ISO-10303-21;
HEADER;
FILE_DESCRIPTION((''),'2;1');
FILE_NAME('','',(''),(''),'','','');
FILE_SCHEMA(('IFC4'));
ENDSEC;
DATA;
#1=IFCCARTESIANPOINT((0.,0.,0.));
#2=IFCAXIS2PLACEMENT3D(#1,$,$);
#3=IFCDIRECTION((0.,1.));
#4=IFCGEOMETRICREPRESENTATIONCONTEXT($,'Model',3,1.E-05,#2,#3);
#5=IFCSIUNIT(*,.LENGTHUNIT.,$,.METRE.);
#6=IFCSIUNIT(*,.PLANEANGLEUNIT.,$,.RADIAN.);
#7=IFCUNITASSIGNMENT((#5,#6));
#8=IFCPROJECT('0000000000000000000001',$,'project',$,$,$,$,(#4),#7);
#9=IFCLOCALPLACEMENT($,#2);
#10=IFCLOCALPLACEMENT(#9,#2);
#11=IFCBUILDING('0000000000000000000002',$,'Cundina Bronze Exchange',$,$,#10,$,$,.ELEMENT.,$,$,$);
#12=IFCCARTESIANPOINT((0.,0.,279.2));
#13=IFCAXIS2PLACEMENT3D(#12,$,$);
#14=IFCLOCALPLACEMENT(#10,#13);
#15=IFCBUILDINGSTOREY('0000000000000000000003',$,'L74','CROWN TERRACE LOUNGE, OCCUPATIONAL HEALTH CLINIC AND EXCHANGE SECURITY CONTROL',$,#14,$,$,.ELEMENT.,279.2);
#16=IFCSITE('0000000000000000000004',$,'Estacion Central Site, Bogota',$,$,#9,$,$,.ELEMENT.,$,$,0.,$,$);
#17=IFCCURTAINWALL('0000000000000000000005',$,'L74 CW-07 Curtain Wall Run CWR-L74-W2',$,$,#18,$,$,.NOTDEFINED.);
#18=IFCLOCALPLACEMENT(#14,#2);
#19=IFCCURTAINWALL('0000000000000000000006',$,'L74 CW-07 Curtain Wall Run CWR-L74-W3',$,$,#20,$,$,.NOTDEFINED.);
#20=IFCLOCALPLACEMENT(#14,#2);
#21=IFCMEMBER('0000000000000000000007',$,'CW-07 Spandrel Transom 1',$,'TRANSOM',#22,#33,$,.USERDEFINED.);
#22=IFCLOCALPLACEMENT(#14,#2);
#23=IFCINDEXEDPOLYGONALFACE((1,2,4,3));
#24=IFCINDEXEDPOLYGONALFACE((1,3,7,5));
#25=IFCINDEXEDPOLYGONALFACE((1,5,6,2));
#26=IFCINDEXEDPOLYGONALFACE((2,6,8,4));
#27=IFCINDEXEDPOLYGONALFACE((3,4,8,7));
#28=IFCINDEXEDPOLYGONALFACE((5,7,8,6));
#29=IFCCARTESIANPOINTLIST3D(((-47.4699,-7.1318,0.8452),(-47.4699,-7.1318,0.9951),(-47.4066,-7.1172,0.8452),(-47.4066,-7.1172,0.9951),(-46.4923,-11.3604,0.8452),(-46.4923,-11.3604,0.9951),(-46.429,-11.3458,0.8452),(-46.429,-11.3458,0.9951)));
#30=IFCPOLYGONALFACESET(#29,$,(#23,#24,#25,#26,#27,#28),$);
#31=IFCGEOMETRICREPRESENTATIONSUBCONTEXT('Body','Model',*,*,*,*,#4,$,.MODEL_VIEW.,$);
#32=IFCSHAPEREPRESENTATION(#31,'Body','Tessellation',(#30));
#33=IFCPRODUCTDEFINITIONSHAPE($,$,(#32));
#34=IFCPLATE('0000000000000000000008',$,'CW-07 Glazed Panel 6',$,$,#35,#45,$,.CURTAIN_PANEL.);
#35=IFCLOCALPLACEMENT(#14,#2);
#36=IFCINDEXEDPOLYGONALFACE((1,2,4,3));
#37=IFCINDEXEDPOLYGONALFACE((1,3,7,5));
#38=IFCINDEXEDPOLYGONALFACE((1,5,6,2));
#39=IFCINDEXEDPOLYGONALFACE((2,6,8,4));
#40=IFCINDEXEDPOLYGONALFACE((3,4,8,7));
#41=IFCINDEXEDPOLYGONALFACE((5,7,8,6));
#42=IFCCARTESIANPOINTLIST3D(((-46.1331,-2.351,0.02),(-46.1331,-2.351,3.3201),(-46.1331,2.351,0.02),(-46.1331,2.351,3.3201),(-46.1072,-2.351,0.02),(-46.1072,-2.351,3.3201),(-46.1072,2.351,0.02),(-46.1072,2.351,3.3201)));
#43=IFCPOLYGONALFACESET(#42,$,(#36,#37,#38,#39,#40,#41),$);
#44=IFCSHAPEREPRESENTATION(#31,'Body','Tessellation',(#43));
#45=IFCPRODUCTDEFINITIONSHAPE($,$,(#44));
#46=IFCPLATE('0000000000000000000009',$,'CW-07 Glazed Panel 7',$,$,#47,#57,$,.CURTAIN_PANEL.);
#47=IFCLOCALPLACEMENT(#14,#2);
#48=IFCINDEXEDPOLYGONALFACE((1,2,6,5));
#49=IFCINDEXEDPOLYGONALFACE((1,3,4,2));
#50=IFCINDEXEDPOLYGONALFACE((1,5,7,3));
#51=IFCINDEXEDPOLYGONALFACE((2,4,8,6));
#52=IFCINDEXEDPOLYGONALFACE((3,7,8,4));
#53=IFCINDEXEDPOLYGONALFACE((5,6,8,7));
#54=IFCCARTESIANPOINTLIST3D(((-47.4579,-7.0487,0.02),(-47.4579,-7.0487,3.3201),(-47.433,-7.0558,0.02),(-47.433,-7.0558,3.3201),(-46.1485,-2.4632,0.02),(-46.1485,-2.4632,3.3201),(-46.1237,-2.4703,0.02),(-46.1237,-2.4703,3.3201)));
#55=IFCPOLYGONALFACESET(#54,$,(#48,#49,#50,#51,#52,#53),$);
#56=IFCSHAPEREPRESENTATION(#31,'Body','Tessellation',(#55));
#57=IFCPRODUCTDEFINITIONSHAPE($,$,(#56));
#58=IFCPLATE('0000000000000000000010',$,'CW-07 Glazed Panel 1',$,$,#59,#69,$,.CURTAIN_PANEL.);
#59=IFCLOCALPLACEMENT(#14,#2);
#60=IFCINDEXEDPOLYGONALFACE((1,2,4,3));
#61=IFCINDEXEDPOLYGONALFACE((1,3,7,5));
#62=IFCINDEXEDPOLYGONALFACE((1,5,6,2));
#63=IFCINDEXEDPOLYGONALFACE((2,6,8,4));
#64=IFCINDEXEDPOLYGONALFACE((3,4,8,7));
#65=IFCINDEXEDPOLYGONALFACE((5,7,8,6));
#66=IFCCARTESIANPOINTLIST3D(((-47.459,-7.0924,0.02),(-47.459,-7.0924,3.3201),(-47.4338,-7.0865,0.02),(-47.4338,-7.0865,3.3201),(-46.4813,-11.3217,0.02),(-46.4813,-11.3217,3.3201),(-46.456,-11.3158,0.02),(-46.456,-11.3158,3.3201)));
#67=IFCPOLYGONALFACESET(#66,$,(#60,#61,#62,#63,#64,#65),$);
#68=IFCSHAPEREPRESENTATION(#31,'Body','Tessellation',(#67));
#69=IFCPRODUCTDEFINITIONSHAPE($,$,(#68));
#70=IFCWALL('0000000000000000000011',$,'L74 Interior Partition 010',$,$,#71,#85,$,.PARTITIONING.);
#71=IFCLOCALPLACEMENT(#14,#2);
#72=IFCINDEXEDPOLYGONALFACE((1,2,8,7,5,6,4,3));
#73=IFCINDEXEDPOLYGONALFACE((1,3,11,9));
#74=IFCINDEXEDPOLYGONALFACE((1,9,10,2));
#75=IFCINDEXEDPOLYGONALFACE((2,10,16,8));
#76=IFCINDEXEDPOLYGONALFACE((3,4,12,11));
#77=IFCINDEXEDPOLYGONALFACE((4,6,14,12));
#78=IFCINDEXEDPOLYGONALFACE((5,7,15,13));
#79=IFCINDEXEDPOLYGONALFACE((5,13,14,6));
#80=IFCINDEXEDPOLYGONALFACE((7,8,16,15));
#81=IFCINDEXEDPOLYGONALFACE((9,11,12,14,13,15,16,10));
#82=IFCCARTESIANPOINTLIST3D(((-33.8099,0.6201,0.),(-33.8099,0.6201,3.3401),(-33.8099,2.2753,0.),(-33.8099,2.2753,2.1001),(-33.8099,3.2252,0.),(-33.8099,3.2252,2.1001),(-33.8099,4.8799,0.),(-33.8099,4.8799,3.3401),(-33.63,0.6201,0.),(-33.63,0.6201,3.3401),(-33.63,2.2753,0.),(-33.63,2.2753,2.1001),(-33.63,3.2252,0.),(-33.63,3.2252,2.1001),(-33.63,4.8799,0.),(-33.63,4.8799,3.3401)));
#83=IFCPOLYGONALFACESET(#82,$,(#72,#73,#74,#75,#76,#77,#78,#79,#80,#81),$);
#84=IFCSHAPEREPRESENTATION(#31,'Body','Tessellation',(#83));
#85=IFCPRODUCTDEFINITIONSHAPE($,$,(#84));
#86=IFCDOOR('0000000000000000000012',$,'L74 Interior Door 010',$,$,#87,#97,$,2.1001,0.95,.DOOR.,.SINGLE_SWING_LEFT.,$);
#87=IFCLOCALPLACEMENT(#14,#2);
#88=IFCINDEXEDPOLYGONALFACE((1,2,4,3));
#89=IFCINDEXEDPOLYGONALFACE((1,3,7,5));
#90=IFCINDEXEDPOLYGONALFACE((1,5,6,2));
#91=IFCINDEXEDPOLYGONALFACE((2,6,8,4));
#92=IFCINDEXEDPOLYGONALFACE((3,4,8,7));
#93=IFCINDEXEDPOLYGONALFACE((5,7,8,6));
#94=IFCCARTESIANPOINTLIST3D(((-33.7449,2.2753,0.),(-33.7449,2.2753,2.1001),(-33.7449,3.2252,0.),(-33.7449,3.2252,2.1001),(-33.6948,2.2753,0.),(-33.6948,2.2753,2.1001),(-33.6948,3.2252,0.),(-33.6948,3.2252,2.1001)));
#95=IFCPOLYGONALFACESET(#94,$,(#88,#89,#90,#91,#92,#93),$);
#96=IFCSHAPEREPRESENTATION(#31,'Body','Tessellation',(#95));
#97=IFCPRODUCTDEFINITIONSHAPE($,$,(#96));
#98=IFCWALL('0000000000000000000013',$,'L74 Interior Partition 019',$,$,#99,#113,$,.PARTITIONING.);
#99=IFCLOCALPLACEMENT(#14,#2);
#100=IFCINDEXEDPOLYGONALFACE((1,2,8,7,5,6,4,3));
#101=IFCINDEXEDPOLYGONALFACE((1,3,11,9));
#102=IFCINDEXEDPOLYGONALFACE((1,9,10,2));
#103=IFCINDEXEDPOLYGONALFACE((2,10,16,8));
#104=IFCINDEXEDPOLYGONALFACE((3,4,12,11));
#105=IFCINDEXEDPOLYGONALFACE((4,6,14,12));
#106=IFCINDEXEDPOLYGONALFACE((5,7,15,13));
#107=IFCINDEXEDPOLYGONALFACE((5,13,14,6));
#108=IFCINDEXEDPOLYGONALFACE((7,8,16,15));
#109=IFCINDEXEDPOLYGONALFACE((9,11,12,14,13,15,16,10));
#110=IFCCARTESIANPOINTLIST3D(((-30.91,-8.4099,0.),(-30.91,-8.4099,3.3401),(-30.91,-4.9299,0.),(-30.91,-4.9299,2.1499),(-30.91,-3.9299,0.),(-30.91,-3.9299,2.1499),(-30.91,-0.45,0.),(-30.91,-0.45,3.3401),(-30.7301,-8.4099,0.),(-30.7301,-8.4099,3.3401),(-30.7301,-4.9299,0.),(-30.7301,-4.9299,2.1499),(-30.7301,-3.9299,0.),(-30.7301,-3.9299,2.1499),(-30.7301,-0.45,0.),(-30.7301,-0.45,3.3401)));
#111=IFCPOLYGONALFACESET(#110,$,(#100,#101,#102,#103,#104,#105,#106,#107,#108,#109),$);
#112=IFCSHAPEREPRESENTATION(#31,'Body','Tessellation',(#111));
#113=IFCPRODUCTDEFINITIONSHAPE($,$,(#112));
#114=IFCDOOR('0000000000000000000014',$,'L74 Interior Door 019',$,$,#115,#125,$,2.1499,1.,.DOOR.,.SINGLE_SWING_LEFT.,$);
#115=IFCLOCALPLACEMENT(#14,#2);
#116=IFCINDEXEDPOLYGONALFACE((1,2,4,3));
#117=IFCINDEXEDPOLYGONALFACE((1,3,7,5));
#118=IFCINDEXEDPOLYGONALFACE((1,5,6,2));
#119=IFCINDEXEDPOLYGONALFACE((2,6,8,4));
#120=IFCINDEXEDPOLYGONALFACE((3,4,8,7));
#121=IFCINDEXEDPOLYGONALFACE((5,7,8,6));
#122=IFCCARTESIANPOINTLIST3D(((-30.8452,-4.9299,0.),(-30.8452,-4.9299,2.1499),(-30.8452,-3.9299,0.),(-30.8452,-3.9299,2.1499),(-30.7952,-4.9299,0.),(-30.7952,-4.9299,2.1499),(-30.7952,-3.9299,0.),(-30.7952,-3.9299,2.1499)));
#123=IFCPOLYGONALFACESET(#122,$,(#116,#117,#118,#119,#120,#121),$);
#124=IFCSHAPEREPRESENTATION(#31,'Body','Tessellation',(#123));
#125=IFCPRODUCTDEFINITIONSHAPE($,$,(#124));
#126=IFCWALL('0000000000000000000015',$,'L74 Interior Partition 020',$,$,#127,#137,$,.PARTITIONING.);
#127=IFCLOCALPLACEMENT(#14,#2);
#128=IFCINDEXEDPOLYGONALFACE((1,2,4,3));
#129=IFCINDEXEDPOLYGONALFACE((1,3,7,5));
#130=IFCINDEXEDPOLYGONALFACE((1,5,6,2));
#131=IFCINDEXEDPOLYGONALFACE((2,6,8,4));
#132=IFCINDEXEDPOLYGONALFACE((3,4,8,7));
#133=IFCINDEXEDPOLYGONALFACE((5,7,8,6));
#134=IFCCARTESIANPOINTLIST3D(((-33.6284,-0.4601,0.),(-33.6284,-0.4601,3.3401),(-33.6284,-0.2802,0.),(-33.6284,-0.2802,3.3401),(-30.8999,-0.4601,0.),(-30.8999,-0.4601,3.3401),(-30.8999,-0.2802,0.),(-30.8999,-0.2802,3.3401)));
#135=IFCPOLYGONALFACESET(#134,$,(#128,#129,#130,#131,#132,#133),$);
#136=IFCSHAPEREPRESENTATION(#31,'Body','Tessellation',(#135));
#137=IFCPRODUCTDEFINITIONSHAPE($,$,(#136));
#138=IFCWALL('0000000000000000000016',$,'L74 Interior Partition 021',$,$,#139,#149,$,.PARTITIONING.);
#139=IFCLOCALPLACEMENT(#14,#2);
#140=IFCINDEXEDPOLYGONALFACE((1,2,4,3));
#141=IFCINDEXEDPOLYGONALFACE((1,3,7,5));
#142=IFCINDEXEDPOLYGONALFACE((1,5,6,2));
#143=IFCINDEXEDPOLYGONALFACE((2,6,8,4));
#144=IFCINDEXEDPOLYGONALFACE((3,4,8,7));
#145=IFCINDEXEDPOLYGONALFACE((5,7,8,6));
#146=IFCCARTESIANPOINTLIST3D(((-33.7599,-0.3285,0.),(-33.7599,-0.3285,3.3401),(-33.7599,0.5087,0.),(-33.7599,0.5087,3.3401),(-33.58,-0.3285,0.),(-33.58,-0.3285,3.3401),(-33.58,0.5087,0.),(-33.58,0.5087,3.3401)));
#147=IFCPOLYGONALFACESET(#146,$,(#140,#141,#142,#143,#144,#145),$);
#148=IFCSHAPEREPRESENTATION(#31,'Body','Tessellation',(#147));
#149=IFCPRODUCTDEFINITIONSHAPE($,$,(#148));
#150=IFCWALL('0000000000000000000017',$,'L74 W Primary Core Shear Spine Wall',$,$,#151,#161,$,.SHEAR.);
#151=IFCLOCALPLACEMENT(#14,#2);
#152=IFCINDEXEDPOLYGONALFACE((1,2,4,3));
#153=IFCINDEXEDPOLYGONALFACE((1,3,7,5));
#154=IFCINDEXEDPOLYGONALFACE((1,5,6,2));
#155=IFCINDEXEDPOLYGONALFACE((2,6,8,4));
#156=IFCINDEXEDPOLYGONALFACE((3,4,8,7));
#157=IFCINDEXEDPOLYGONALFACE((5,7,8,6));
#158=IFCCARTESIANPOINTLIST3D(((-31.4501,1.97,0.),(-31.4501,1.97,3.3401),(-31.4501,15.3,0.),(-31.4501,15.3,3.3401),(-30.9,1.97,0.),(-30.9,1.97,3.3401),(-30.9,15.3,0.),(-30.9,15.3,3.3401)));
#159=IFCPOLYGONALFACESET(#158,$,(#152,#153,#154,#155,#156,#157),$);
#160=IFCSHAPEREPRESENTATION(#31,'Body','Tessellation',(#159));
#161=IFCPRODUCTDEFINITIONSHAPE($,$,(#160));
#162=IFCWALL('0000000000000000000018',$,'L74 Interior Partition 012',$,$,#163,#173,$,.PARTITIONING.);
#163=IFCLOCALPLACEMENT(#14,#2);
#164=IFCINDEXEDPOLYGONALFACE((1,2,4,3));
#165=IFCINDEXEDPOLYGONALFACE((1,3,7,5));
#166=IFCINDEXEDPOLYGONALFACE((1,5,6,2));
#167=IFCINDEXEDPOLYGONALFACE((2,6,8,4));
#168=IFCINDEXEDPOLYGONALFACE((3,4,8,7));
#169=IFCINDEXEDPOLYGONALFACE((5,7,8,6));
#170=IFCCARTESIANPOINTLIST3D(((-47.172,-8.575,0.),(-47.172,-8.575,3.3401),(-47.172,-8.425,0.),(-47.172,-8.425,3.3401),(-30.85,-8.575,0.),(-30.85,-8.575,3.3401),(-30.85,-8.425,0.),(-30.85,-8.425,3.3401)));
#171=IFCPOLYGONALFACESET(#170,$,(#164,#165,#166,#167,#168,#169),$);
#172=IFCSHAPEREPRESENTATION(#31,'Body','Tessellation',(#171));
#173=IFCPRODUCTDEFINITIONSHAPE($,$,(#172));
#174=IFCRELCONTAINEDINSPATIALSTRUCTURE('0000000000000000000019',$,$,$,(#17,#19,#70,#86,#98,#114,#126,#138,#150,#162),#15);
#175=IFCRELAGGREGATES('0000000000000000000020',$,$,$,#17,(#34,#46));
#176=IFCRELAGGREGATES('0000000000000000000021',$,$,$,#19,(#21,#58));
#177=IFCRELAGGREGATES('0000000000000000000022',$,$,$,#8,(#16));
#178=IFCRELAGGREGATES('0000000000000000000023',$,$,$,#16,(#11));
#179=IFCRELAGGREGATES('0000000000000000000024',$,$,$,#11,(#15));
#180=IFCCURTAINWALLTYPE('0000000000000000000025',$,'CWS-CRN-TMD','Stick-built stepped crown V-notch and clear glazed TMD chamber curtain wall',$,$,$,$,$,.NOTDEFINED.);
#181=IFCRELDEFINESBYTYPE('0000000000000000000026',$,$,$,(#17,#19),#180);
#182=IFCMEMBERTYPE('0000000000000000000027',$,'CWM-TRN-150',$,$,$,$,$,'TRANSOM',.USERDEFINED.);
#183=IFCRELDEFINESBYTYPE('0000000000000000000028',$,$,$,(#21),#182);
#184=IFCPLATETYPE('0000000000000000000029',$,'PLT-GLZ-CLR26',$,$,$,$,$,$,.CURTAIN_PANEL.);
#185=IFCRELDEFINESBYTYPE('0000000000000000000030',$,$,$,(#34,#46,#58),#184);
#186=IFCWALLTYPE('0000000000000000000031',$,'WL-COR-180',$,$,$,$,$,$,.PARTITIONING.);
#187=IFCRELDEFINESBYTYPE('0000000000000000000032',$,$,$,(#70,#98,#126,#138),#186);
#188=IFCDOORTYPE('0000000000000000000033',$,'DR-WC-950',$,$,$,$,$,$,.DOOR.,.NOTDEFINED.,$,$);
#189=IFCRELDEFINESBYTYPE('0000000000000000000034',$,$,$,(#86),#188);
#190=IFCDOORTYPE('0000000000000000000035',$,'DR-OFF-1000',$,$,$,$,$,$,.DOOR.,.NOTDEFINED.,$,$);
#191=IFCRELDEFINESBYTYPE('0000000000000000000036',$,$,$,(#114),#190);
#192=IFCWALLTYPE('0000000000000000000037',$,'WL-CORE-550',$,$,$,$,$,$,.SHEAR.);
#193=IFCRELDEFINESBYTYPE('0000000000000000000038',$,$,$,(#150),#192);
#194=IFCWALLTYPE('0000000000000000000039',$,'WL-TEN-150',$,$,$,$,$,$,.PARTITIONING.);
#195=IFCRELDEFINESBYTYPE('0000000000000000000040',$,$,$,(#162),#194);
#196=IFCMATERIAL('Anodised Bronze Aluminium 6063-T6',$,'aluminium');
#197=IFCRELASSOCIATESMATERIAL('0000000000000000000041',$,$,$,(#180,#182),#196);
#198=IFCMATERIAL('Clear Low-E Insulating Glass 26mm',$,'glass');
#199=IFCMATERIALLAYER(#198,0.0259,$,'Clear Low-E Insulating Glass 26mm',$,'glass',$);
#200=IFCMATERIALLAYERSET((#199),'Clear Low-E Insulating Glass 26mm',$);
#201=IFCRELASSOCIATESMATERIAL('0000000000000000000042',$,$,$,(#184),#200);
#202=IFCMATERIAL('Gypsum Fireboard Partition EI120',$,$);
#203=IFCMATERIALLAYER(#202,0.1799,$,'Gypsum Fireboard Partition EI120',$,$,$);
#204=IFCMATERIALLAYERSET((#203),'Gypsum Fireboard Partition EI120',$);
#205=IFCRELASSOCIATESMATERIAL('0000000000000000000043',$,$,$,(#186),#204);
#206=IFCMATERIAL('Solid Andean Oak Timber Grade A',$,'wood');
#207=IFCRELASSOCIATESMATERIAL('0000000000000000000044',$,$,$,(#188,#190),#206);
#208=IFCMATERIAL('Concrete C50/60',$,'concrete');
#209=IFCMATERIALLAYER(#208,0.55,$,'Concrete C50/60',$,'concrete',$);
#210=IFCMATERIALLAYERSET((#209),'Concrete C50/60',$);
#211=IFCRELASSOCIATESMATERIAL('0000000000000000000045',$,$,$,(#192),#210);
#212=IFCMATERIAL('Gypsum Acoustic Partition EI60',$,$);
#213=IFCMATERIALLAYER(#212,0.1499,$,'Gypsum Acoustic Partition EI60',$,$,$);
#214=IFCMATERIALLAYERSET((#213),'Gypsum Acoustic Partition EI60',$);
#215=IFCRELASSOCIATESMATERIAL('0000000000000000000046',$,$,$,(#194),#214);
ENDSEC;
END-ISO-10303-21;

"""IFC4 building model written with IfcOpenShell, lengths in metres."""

from ifc_helpers import new_model, si_unit, direction, frame, frame_2d, origin, origin_2d, place, context, subcontext, project, spatial, rectangle, extrude, material, layer, layer_set, material_profile, profile_set, type_object, element, fill, aggregate, save


model = new_model("IFC4")

# Units and contexts
model_context = context("Model", 3, precision=1e-05, world=origin(), true_north=direction((0.0, 1.0)))
body_context = subcontext(model_context, "Body", "Model", "MODEL_VIEW")
ifc_project = project(units=[si_unit("LENGTHUNIT", "METRE"), si_unit("PLANEANGLEUNIT", "RADIAN")], contexts=[model_context])

# Site, building, storey
site_placement = place(None, origin())
site = spatial("IfcSite", under=ifc_project, at=site_placement, Name="Estacion Central Site, Bogota", CompositionType="ELEMENT", RefElevation=0.0)
building_placement = place(site_placement, origin())
building = spatial("IfcBuilding", under=site, at=building_placement, Name="Cundina Bronze Exchange", CompositionType="ELEMENT")
storey_placement = place(building_placement, frame((0.0, 0.0, 279.2)))
storey = spatial("IfcBuildingStorey", under=building, at=storey_placement, Name="L74", Description="CROWN TERRACE LOUNGE, OCCUPATIONAL HEALTH CLINIC AND EXCHANGE SECURITY CONTROL", CompositionType="ELEMENT", Elevation=279.2)

# Shared definitions
ifc_material_1 = material(Name="Concrete C50/60", Category="concrete")

# Curtain wall
ifc_material_2 = material(Name="Anodised Bronze Aluminium 6063-T6", Category="aluminium")
curtain_wall_type = type_object("IfcCurtainWallType", Name="CWS-CRN-TMD", Description="Stick-built stepped crown V-notch and clear glazed TMD chamber curtain wall", PredefinedType="NOTDEFINED", material=ifc_material_2)
curtain_wall_1_placement = place(storey_placement, origin())
curtain_wall_1 = element("IfcCurtainWall", 1, at=curtain_wall_1_placement, inside=storey, type_object=curtain_wall_type, Name="L74 CW-07 Curtain Wall Run CWR-L74-W2", PredefinedType="NOTDEFINED")

# Curtain wall
curtain_wall_2_placement = place(storey_placement, origin())
curtain_wall_2 = element("IfcCurtainWall", 2, at=curtain_wall_2_placement, inside=storey, type_object=curtain_wall_type, Name="L74 CW-07 Curtain Wall Run CWR-L74-W3", PredefinedType="NOTDEFINED")

# Member
ifc_material_profile_1 = material_profile(ifc_material_2, rectangle(XDim=0.0649, YDim=0.1499, at=origin_2d()), Name="AL65X150", Category="aluminium")
ifc_profile_set_1 = profile_set([ifc_material_profile_1], Name="Anodised Bronze Aluminium 6063-T6")
member_type_1 = type_object("IfcMemberType", Name="CWM-TRN-150", ElementType="TRANSOM", PredefinedType="USERDEFINED", material=ifc_profile_set_1)
member_1_placement = place(storey_placement, frame((-47.4382, -7.1245, 0.9202), z_axis=(0.225237, -0.974304, 0.0), x_axis=(0.974304, 0.225237, 0.0)))
member_1 = element("IfcMember", 3, at=member_1_placement, type_object=member_type_1, Name="CW-07 Spandrel Transom 1", ObjectType="TRANSOM", PredefinedType="USERDEFINED", context=body_context, shape_type="SweptSolid", body=[
    extrude(rectangle(XDim=0.0649, YDim=0.1499, at=origin_2d()), origin(), (0.0, 0.0, 1.0), 4.3401),
])

# Plates
ifc_material_3 = material(Name="Clear Low-E Insulating Glass 26mm", Category="glass")
ifc_layer_1 = layer(ifc_material_3, 0.0259, Name="Clear Low-E Insulating Glass 26mm", Category="glass")
ifc_layer_set_1 = layer_set([ifc_layer_1], Name="Clear Low-E Insulating Glass 26mm")
plate_type = type_object("IfcPlateType", Name="PLT-GLZ-CLR26", PredefinedType="CURTAIN_PANEL", material=ifc_layer_set_1)
plate_1_placement = place(storey_placement, frame((-46.1201, 0.0, 0.02), z_axis=(0.0, 0.0, 1.0), x_axis=(0.0, -1.0, 0.0)))
plate_1 = element("IfcPlate", 4, at=plate_1_placement, type_object=plate_type, Name="CW-07 Glazed Panel 6", PredefinedType="CURTAIN_PANEL", context=body_context, shape_type="SweptSolid", body=[
    extrude(rectangle(XDim=4.7019, YDim=0.0259, at=origin_2d()), origin(), (0.0, 0.0, 1.0), 3.3),
])
plate_2_placement = place(storey_placement, frame((-46.7908, -4.7595, 0.02), z_axis=(0.0, 0.0, 1.0), x_axis=(-0.274563, -0.961569, 0.0)))
plate_2 = element("IfcPlate", 5, at=plate_2_placement, type_object=plate_type, Name="CW-07 Glazed Panel 7", PredefinedType="CURTAIN_PANEL", context=body_context, shape_type="SweptSolid", body=[
    extrude(rectangle(XDim=4.7688, YDim=0.0259, at=origin_2d()), origin(), (0.0, 0.0, 1.0), 3.3),
])
aggregate(curtain_wall_1, [plate_1, plate_2])
plate_3_placement = place(storey_placement, frame((-46.9575, -9.2041, 0.02), z_axis=(0.0, 0.0, 1.0), x_axis=(0.22524, -0.974303, 0.0)))
plate_3 = element("IfcPlate", 6, at=plate_3_placement, type_object=plate_type, Name="CW-07 Glazed Panel 1", PredefinedType="CURTAIN_PANEL", context=body_context, shape_type="SweptSolid", body=[
    extrude(rectangle(XDim=4.3408, YDim=0.0259, at=origin_2d()), origin(), (0.0, 0.0, 1.0), 3.3),
])
aggregate(curtain_wall_2, [member_1, plate_3])

# Walls, openings, doors
ifc_material_4 = material(Name="Gypsum Fireboard Partition EI120")
ifc_layer_2 = layer(ifc_material_4, 0.1799, Name="Gypsum Fireboard Partition EI120")
ifc_layer_set_2 = layer_set([ifc_layer_2], Name="Gypsum Fireboard Partition EI120")
wall_type_1 = type_object("IfcWallType", Name="WL-COR-180", PredefinedType="PARTITIONING", material=ifc_layer_set_2)
wall_1_placement = place(storey_placement, frame((-33.72, 0.6201, 0.0), z_axis=(0.0, 0.0, 1.0), x_axis=(0.0, 1.0, 0.0)))
wall_1 = element("IfcWall", 7, at=wall_1_placement, inside=storey, type_object=wall_type_1, Name="L74 Interior Partition 010", PredefinedType="PARTITIONING", context=body_context, shape_type="SweptSolid", body=[
    extrude(rectangle(XDim=4.2598, YDim=0.1799, at=frame_2d((2.1299, 0.0))), origin(), (0.0, 0.0, 1.0), 3.3401),
])
opening_1_placement = place(wall_1_placement, frame((1.655, 0.0, 0.0)))
opening_1 = element("IfcOpeningElement", 8, at=opening_1_placement, cuts=wall_1, PredefinedType="OPENING", context=body_context, shape_type="SweptSolid", body=[
    extrude(rectangle(XDim=0.95, YDim=2.1001, at=frame_2d((0.4751, 1.05))), frame((0.0, 0.0999, 0.0), z_axis=(0.0, -1.0, 0.0), x_axis=(1.0, 0.0, 0.0)), (0.0, 0.0, 1.0), 0.2),
])
ifc_material_5 = material(Name="Solid Andean Oak Timber Grade A", Category="wood")
door_type_1 = type_object("IfcDoorType", Name="DR-WC-950", OperationType="NOTDEFINED", PredefinedType="DOOR", material=ifc_material_5)
door_1_placement = place(opening_1_placement, origin())
door_1 = element("IfcDoor", 9, at=door_1_placement, inside=storey, type_object=door_type_1, Name="L74 Interior Door 010", OperationType="SINGLE_SWING_LEFT", OverallHeight=2.1001, OverallWidth=0.95, PredefinedType="DOOR", context=body_context, shape_type="SweptSolid", body=[
    extrude(rectangle(XDim=0.95, YDim=2.1001, at=frame_2d((0.4751, 1.05))), frame((0.0, 0.0249, 0.0), z_axis=(0.0, -1.0, 0.0), x_axis=(1.0, 0.0, 0.0)), (0.0, 0.0, 1.0), 0.05),
])
fill(opening_1, door_1)
door_type_2 = type_object("IfcDoorType", Name="DR-OFF-1000", OperationType="NOTDEFINED", PredefinedType="DOOR", material=ifc_material_5)
wall_2_placement = place(storey_placement, frame((-30.8201, -0.45, 0.0), z_axis=(0.0, 0.0, 1.0), x_axis=(0.0, -1.0, 0.0)))
wall_2 = element("IfcWall", 10, at=wall_2_placement, inside=storey, type_object=wall_type_1, Name="L74 Interior Partition 019", PredefinedType="PARTITIONING", context=body_context, shape_type="SweptSolid", body=[
    extrude(rectangle(XDim=7.96, YDim=0.1799, at=frame_2d((3.98, 0.0))), origin(), (0.0, 0.0, 1.0), 3.3401),
])
opening_2_placement = place(wall_2_placement, frame((3.48, 0.0, 0.0)))
opening_2 = element("IfcOpeningElement", 11, at=opening_2_placement, cuts=wall_2, PredefinedType="OPENING", context=body_context, shape_type="SweptSolid", body=[
    extrude(rectangle(XDim=1.0, YDim=2.1499, at=frame_2d((0.5, 1.075))), frame((0.0, 0.0999, 0.0), z_axis=(0.0, -1.0, 0.0), x_axis=(1.0, 0.0, 0.0)), (0.0, 0.0, 1.0), 0.2),
])
door_2_placement = place(opening_2_placement, origin())
door_2 = element("IfcDoor", 12, at=door_2_placement, inside=storey, type_object=door_type_2, Name="L74 Interior Door 019", OperationType="SINGLE_SWING_LEFT", OverallHeight=2.1499, OverallWidth=1.0, PredefinedType="DOOR", context=body_context, shape_type="SweptSolid", body=[
    extrude(rectangle(XDim=1.0, YDim=2.1499, at=frame_2d((0.5, 1.075))), frame((0.0, 0.0249, 0.0), z_axis=(0.0, -1.0, 0.0), x_axis=(1.0, 0.0, 0.0)), (0.0, 0.0, 1.0), 0.05),
])
fill(opening_2, door_2)

# Walls
wall_3_placement = place(storey_placement, frame((-33.6284, -0.3701, 0.0), z_axis=(0.0, 0.0, 1.0), x_axis=(1.0, 0.0, 0.0)))
element("IfcWall", 13, at=wall_3_placement, inside=storey, type_object=wall_type_1, Name="L74 Interior Partition 020", PredefinedType="PARTITIONING", context=body_context, shape_type="SweptSolid", body=[
    extrude(rectangle(XDim=2.7285, YDim=0.1799, at=frame_2d((1.3643, 0.0))), origin(), (0.0, 0.0, 1.0), 3.3401),
])
wall_4_placement = place(storey_placement, frame((-33.6699, 0.5085, 0.0), z_axis=(0.0, 0.0, 1.0), x_axis=(0.0, -1.0, 0.0)))
element("IfcWall", 14, at=wall_4_placement, inside=storey, type_object=wall_type_1, Name="L74 Interior Partition 021", PredefinedType="PARTITIONING", context=body_context, shape_type="SweptSolid", body=[
    extrude(rectangle(XDim=0.8372, YDim=0.1799, at=frame_2d((0.4185, 0.0))), origin(), (0.0, 0.0, 1.0), 3.3401),
])
ifc_layer_3 = layer(ifc_material_1, 0.55, Name="Concrete C50/60", Category="concrete")
ifc_layer_set_3 = layer_set([ifc_layer_3], Name="Concrete C50/60")
wall_type_2 = type_object("IfcWallType", Name="WL-CORE-550", PredefinedType="SHEAR", material=ifc_layer_set_3)
wall_5_placement = place(storey_placement, frame((-31.175, 1.97, 0.0), z_axis=(0.0, 0.0, 1.0), x_axis=(0.0, 1.0, 0.0)))
element("IfcWall", 15, at=wall_5_placement, inside=storey, type_object=wall_type_2, Name="L74 W Primary Core Shear Spine Wall", PredefinedType="SHEAR", context=body_context, shape_type="SweptSolid", body=[
    extrude(rectangle(XDim=13.3301, YDim=0.55, at=frame_2d((6.665, 0.0))), origin(), (0.0, 0.0, 1.0), 3.3401),
])
ifc_material_6 = material(Name="Gypsum Acoustic Partition EI60")
ifc_layer_4 = layer(ifc_material_6, 0.1499, Name="Gypsum Acoustic Partition EI60")
ifc_layer_set_4 = layer_set([ifc_layer_4], Name="Gypsum Acoustic Partition EI60")
wall_type_3 = type_object("IfcWallType", Name="WL-TEN-150", PredefinedType="PARTITIONING", material=ifc_layer_set_4)
wall_6_placement = place(storey_placement, frame((-47.1721, -8.5, 0.0), z_axis=(0.0, 0.0, 1.0), x_axis=(1.0, 0.0, 0.0)))
element("IfcWall", 16, at=wall_6_placement, inside=storey, type_object=wall_type_3, Name="L74 Interior Partition 012", PredefinedType="PARTITIONING", context=body_context, shape_type="SweptSolid", body=[
    extrude(rectangle(XDim=16.322, YDim=0.1499, at=frame_2d((8.1611, 0.0))), origin(), (0.0, 0.0, 1.0), 3.3401),
])

save(model, "model.ifc")
